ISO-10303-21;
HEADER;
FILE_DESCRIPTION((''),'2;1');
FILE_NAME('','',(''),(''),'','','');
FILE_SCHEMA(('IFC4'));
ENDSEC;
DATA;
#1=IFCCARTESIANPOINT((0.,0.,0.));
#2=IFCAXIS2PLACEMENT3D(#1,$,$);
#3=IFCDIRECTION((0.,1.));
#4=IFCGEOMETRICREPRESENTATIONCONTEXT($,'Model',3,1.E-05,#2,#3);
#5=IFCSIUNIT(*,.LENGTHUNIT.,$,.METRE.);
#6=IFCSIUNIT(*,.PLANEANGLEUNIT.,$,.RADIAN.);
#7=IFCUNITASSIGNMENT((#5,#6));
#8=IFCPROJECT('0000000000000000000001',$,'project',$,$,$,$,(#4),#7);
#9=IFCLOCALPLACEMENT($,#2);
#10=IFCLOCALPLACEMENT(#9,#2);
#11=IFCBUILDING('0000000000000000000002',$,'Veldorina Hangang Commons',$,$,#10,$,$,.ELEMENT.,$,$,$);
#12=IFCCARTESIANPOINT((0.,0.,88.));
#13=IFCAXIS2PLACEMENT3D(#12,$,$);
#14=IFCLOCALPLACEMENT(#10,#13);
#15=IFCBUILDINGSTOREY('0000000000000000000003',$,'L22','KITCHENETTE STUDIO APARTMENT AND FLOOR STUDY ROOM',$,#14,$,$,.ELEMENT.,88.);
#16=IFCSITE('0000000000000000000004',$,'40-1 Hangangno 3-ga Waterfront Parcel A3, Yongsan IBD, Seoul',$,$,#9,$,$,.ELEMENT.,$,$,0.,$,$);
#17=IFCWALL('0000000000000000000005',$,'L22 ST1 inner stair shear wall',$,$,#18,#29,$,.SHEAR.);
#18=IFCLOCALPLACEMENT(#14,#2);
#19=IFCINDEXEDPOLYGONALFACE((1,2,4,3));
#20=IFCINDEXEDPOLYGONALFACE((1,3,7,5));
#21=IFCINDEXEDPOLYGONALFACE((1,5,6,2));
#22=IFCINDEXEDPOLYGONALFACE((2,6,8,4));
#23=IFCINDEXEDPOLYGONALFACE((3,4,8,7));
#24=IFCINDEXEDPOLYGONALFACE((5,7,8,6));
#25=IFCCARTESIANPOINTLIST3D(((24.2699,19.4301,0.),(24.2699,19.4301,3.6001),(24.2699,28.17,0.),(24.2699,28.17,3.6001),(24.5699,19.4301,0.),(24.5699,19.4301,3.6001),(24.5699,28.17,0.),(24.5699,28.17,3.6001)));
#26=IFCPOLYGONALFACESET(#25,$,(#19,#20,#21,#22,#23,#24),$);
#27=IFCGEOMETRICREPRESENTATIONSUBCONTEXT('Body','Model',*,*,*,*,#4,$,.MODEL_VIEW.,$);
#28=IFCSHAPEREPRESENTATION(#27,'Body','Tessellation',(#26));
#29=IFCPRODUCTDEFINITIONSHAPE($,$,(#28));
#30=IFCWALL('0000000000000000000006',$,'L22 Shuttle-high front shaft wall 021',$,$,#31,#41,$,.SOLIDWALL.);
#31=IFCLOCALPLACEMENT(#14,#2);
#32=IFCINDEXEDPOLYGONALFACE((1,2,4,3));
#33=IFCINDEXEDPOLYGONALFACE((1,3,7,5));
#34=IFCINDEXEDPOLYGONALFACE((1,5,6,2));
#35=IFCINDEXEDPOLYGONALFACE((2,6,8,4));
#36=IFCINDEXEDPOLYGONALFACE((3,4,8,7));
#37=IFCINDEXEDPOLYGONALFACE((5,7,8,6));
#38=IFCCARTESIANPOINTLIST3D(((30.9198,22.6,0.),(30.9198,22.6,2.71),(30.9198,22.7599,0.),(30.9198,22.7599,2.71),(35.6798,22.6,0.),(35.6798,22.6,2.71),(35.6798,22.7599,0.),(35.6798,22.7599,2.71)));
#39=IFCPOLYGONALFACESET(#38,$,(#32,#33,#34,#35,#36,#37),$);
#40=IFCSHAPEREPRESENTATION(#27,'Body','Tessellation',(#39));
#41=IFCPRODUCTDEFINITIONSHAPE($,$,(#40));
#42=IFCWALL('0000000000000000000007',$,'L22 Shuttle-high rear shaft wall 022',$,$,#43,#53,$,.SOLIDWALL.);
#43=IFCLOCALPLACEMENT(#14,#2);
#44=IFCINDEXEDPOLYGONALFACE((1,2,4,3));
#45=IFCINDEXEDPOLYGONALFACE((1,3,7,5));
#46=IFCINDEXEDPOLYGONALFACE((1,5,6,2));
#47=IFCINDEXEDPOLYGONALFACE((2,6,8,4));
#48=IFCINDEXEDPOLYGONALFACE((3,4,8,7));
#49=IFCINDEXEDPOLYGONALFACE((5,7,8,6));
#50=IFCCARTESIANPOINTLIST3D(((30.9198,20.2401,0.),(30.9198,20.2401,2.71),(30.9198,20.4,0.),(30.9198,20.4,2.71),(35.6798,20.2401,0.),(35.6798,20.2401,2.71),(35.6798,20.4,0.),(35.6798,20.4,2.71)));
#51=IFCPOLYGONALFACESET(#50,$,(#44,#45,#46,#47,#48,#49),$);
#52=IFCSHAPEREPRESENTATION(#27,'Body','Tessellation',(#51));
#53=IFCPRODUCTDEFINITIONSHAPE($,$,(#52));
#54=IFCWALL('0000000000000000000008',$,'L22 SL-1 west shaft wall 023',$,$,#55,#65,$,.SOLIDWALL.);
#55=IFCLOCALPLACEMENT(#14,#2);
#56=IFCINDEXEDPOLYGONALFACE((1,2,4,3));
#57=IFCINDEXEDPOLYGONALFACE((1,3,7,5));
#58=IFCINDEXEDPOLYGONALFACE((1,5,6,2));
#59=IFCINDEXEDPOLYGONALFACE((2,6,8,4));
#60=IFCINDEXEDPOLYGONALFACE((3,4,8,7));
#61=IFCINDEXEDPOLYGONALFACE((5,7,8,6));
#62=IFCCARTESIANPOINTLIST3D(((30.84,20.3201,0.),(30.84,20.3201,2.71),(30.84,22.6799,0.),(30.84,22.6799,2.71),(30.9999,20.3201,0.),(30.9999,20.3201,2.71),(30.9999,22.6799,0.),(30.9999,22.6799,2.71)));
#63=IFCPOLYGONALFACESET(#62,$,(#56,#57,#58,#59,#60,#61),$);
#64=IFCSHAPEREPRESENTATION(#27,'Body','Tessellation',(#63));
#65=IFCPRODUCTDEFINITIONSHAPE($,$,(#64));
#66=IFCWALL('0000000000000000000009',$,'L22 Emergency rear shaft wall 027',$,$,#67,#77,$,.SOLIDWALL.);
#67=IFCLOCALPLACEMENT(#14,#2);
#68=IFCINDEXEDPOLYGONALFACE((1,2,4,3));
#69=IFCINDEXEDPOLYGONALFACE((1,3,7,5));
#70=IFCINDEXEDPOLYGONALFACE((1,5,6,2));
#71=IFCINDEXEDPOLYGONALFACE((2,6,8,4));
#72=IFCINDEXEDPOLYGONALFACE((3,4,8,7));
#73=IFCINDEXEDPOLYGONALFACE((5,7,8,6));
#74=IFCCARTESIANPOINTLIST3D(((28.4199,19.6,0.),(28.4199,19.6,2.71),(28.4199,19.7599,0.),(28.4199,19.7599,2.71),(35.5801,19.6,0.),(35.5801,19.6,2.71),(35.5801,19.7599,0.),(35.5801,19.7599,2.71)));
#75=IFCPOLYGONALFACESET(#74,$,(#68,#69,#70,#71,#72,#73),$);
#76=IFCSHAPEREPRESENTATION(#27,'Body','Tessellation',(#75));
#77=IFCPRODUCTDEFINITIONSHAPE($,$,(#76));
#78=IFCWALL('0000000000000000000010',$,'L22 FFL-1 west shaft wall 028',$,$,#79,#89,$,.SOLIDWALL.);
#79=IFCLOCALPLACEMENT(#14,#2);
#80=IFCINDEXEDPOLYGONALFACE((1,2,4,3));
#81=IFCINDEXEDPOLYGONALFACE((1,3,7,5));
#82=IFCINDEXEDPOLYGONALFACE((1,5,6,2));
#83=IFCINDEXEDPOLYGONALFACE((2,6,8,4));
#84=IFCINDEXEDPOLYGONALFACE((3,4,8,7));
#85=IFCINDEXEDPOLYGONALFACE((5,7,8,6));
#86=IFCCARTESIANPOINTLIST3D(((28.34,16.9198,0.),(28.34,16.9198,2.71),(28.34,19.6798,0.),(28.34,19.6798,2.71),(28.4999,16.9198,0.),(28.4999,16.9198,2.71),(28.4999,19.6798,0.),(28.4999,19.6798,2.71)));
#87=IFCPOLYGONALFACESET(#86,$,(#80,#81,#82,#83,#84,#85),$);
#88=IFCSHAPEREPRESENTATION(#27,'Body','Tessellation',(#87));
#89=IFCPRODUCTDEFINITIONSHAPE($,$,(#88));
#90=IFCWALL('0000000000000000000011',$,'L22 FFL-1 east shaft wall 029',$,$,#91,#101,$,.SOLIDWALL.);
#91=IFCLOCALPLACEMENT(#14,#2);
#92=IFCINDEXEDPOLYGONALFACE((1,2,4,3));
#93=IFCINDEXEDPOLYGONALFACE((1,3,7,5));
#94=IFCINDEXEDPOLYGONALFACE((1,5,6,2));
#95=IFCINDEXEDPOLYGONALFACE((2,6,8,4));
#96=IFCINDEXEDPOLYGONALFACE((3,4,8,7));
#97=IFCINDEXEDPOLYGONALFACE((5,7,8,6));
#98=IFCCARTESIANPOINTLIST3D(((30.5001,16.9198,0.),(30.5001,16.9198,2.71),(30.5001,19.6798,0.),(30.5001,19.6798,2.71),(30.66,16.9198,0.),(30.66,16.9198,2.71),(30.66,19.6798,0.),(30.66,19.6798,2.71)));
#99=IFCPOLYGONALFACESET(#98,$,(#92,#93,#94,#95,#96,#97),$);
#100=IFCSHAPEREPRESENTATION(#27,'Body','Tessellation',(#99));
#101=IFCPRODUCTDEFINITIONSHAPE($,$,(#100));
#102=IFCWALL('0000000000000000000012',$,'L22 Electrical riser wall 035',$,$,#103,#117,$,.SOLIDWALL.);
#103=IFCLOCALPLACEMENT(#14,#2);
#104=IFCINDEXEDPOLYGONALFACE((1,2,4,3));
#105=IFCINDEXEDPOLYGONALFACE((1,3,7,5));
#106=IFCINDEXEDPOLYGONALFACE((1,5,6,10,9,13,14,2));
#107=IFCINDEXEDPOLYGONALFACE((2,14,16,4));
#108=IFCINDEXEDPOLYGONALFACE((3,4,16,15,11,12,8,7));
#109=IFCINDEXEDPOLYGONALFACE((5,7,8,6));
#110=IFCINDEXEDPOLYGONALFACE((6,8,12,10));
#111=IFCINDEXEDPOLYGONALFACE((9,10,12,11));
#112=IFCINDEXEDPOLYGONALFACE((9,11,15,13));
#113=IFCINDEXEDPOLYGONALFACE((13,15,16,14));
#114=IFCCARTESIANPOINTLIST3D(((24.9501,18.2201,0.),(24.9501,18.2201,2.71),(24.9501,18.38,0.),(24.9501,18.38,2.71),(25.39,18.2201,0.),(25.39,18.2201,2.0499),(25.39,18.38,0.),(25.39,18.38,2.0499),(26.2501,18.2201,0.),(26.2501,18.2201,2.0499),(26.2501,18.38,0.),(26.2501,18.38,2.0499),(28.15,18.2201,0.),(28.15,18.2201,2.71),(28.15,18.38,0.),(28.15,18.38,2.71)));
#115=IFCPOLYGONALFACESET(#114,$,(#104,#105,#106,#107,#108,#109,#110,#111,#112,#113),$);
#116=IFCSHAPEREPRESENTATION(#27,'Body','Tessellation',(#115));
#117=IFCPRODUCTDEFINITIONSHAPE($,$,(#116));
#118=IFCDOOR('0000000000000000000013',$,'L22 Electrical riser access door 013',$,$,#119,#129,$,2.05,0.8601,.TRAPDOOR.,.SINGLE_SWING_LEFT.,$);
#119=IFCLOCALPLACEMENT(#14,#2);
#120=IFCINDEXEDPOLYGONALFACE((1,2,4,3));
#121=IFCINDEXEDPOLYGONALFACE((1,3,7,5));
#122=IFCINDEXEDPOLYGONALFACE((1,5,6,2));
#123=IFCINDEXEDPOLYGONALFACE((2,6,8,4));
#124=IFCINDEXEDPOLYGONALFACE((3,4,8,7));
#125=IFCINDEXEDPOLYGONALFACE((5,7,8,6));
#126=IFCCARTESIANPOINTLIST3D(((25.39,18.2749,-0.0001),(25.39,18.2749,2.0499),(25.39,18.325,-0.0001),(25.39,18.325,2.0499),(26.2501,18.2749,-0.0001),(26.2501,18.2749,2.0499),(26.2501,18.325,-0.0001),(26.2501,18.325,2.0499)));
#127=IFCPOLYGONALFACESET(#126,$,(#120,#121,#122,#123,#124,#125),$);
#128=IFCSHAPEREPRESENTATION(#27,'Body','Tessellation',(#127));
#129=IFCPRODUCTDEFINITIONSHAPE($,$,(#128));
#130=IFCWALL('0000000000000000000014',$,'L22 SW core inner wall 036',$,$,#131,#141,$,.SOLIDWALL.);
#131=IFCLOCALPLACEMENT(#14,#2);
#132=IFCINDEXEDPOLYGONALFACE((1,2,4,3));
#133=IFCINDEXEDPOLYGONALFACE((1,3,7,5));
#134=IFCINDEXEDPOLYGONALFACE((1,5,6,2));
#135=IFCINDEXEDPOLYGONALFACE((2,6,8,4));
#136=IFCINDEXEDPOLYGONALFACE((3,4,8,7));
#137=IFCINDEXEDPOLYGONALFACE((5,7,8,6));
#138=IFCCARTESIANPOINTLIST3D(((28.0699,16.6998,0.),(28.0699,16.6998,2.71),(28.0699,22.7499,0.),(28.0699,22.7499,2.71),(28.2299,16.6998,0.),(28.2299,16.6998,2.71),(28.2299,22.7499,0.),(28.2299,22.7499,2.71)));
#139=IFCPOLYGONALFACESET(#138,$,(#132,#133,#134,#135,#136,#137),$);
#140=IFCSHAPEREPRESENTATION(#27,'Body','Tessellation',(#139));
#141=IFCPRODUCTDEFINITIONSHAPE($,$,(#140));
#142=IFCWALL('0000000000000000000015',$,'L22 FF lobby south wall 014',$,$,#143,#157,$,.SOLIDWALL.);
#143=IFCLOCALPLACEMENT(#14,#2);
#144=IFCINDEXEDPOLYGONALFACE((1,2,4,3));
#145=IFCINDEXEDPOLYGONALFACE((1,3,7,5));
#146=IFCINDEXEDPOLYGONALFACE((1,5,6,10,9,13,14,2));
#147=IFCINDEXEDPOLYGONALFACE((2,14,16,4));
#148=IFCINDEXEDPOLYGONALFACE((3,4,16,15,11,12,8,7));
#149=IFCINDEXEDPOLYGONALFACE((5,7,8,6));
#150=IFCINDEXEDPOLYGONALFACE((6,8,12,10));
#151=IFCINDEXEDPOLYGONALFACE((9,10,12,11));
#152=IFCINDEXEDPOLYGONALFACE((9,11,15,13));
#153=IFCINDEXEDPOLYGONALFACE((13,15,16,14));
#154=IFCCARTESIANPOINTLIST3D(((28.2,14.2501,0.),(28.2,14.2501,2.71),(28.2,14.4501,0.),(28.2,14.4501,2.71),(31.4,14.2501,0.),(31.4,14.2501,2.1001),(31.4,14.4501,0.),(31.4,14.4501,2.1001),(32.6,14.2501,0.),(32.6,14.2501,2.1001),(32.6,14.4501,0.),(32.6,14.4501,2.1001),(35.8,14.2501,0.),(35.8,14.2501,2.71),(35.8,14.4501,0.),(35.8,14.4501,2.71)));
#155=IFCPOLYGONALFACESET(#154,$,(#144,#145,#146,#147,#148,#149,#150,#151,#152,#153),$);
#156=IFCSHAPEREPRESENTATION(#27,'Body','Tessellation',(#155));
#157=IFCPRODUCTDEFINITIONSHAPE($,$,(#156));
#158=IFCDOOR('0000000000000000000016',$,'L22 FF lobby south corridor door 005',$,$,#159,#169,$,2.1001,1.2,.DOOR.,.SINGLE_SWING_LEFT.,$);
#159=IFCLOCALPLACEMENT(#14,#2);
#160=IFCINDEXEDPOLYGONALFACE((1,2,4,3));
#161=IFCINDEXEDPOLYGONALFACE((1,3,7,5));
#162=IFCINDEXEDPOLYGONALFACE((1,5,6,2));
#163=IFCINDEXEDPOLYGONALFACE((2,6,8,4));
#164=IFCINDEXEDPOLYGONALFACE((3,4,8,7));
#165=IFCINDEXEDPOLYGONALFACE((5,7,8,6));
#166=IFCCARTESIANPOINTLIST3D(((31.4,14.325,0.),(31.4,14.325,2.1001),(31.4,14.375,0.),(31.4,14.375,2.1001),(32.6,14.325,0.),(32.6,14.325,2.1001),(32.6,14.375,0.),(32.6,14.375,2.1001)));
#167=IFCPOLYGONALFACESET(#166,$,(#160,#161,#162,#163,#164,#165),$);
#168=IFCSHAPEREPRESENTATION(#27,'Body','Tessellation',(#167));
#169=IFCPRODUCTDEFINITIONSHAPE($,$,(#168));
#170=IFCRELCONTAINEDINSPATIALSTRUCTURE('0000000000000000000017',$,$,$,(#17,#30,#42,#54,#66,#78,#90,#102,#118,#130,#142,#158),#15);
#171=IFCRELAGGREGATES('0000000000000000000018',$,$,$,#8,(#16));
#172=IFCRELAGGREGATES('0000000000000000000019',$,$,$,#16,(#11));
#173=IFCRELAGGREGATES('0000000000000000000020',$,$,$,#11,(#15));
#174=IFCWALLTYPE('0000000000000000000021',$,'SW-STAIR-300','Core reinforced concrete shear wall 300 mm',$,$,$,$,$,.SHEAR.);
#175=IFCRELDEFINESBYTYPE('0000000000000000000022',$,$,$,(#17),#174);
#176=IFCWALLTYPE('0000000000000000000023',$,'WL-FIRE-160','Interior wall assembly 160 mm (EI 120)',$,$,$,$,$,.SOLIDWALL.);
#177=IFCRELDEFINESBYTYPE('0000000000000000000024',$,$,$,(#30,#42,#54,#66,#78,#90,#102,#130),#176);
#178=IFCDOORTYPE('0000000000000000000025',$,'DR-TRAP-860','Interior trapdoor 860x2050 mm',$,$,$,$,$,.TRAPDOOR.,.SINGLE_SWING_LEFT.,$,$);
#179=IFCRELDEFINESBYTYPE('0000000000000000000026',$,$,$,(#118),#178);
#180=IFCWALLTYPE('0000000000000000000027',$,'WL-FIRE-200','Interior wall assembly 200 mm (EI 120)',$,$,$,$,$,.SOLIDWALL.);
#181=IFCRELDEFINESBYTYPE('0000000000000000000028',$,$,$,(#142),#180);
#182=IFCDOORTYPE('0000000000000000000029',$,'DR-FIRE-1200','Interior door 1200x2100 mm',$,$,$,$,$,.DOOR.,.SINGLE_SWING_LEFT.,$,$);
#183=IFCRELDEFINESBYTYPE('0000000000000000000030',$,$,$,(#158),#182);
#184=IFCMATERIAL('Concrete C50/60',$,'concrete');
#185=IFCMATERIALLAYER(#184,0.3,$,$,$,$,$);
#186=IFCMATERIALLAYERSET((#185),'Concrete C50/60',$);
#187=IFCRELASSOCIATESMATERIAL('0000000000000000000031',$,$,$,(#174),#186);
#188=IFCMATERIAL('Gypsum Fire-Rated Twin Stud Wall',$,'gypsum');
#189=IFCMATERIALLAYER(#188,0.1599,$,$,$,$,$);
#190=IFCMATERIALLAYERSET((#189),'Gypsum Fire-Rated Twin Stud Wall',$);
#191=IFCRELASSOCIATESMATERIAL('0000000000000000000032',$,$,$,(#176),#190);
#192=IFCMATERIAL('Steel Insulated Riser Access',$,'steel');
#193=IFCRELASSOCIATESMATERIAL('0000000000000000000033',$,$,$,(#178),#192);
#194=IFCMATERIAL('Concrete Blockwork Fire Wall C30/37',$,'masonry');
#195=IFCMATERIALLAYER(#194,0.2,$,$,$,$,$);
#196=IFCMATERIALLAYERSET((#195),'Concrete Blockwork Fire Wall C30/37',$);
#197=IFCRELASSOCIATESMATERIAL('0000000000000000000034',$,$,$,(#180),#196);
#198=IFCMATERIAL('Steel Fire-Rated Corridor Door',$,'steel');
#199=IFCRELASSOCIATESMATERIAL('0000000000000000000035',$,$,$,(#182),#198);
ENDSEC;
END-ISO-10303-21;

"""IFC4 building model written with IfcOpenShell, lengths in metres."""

from ifc_helpers import new_model, si_unit, direction, frame, frame_2d, origin, place, context, subcontext, project, spatial, rectangle, extrude, material, layer, layer_set, type_object, element, fill, save


model = new_model("IFC4")

# Units and contexts
model_context = context("Model", 3, precision=1e-05, world=origin(), true_north=direction((0.0, 1.0)))
body_context = subcontext(model_context, "Body", "Model", "MODEL_VIEW")
ifc_project = project(units=[si_unit("LENGTHUNIT", "METRE"), si_unit("PLANEANGLEUNIT", "RADIAN")], contexts=[model_context])

# Site, building, storey
site_placement = place(None, origin())
site = spatial("IfcSite", under=ifc_project, at=site_placement, Name="40-1 Hangangno 3-ga Waterfront Parcel A3, Yongsan IBD, Seoul", CompositionType="ELEMENT", RefElevation=0.0)
building_placement = place(site_placement, origin())
building = spatial("IfcBuilding", under=site, at=building_placement, Name="Veldorina Hangang Commons", CompositionType="ELEMENT")
storey_placement = place(building_placement, frame((0.0, 0.0, 88.0)))
storey = spatial("IfcBuildingStorey", under=building, at=storey_placement, Name="L22", Description="KITCHENETTE STUDIO APARTMENT AND FLOOR STUDY ROOM", CompositionType="ELEMENT", Elevation=88.0)

# Walls
ifc_material_1 = material(Name="Concrete C50/60", Category="concrete")
ifc_layer_1 = layer(ifc_material_1, 0.3)
ifc_layer_set_1 = layer_set([ifc_layer_1], Name="Concrete C50/60")
wall_type_1 = type_object("IfcWallType", Name="SW-STAIR-300", Description="Core reinforced concrete shear wall 300 mm", PredefinedType="SHEAR", material=ifc_layer_set_1)
wall_1_placement = place(storey_placement, frame((24.4199, 19.4299, 0.0), z_axis=(0.0, 0.0, 1.0), x_axis=(0.0, 1.0, 0.0)))
element("IfcWall", 1, at=wall_1_placement, inside=storey, type_object=wall_type_1, Name="L22 ST1 inner stair shear wall", PredefinedType="SHEAR", context=body_context, shape_type="SweptSolid", body=[
    extrude(rectangle(XDim=8.74, YDim=0.3, at=frame_2d((4.3701, 0.0))), origin(), (0.0, 0.0, 1.0), 3.6001),
])
ifc_material_2 = material(Name="Gypsum Fire-Rated Twin Stud Wall", Category="gypsum")
ifc_layer_2 = layer(ifc_material_2, 0.1599)
ifc_layer_set_2 = layer_set([ifc_layer_2], Name="Gypsum Fire-Rated Twin Stud Wall")
wall_type_2 = type_object("IfcWallType", Name="WL-FIRE-160", Description="Interior wall assembly 160 mm (EI 120)", PredefinedType="SOLIDWALL", material=ifc_layer_set_2)
for number, where, z_axis, x_axis, name in (
    (2, (30.9199, 22.6799, 0.0), (0.0, 0.0, 1.0), (1.0, 0.0, 0.0), "L22 Shuttle-high front shaft wall 021"),
    (3, (30.9199, 20.3201, 0.0), (0.0, 0.0, 1.0), (1.0, 0.0, 0.0), "L22 Shuttle-high rear shaft wall 022"),
):
    element("IfcWall", number, at=place(storey_placement, frame(where, z_axis=z_axis, x_axis=x_axis)), inside=storey, type_object=wall_type_2, Name=name, PredefinedType="SOLIDWALL", context=body_context, shape_type="SweptSolid", body=[
        extrude(rectangle(XDim=4.76, YDim=0.1599, at=frame_2d((2.3799, 0.0))), origin(), (0.0, 0.0, 1.0), 2.71),
    ])
wall_2_placement = place(storey_placement, frame((30.9199, 20.3201, 0.0), z_axis=(0.0, 0.0, 1.0), x_axis=(0.0, 1.0, 0.0)))
element("IfcWall", 4, at=wall_2_placement, inside=storey, type_object=wall_type_2, Name="L22 SL-1 west shaft wall 023", PredefinedType="SOLIDWALL", context=body_context, shape_type="SweptSolid", body=[
    extrude(rectangle(XDim=2.3599, YDim=0.1599, at=frame_2d((1.1799, 0.0))), origin(), (0.0, 0.0, 1.0), 2.71),
])

# Walls
wall_3_placement = place(storey_placement, frame((28.4199, 19.6799, 0.0), z_axis=(0.0, 0.0, 1.0), x_axis=(1.0, 0.0, 0.0)))
element("IfcWall", 5, at=wall_3_placement, inside=storey, type_object=wall_type_2, Name="L22 Emergency rear shaft wall 027", PredefinedType="SOLIDWALL", context=body_context, shape_type="SweptSolid", body=[
    extrude(rectangle(XDim=7.1602, YDim=0.1599, at=frame_2d((3.5801, 0.0))), origin(), (0.0, 0.0, 1.0), 2.71),
])
for number, where, z_axis, x_axis, name in (
    (6, (28.4199, 16.9199, 0.0), (0.0, 0.0, 1.0), (0.0, 1.0, 0.0), "L22 FFL-1 west shaft wall 028"),
    (7, (30.5801, 16.9199, 0.0), (0.0, 0.0, 1.0), (0.0, 1.0, 0.0), "L22 FFL-1 east shaft wall 029"),
):
    element("IfcWall", number, at=place(storey_placement, frame(where, z_axis=z_axis, x_axis=x_axis)), inside=storey, type_object=wall_type_2, Name=name, PredefinedType="SOLIDWALL", context=body_context, shape_type="SweptSolid", body=[
        extrude(rectangle(XDim=2.76, YDim=0.1599, at=frame_2d((1.3799, 0.0))), origin(), (0.0, 0.0, 1.0), 2.71),
    ])

# Wall, opening, door
wall_4_placement = place(storey_placement, frame((24.95, 18.3, 0.0), z_axis=(0.0, 0.0, 1.0), x_axis=(1.0, 0.0, 0.0)))
wall_4 = element("IfcWall", 8, at=wall_4_placement, inside=storey, type_object=wall_type_2, Name="L22 Electrical riser wall 035", PredefinedType="SOLIDWALL", context=body_context, shape_type="SweptSolid", body=[
    extrude(rectangle(XDim=3.2, YDim=0.1599, at=frame_2d((1.6001, 0.0))), origin(), (0.0, 0.0, 1.0), 2.71),
])
opening_1_placement = place(wall_4_placement, frame((0.4399, 0.0, 0.0)))
opening_1 = element("IfcOpeningElement", 9, at=opening_1_placement, cuts=wall_4, PredefinedType="OPENING", context=body_context, shape_type="SweptSolid", body=[
    extrude(rectangle(XDim=0.8601, YDim=2.05, at=frame_2d((0.4302, 1.0249))), frame((0.0, 0.0898, 0.0), z_axis=(0.0, -1.0, 0.0), x_axis=(1.0, 0.0, 0.0)), (0.0, 0.0, 1.0), 0.1799),
])
ifc_material_3 = material(Name="Steel Insulated Riser Access", Category="steel")
door_type_1 = type_object("IfcDoorType", Name="DR-TRAP-860", Description="Interior trapdoor 860x2050 mm", OperationType="SINGLE_SWING_LEFT", PredefinedType="TRAPDOOR", material=ifc_material_3)
door_1_placement = place(opening_1_placement, origin())
door_1 = element("IfcDoor", 10, at=door_1_placement, inside=storey, type_object=door_type_1, Name="L22 Electrical riser access door 013", OperationType="SINGLE_SWING_LEFT", OverallHeight=2.05, OverallWidth=0.8601, PredefinedType="TRAPDOOR", context=body_context, shape_type="SweptSolid", body=[
    extrude(rectangle(XDim=0.8601, YDim=2.05, at=frame_2d((0.4302, 1.0249))), frame((0.0, 0.0249, 0.0), z_axis=(0.0, -1.0, 0.0), x_axis=(1.0, 0.0, 0.0)), (0.0, 0.0, 1.0), 0.05),
])
fill(opening_1, door_1)

# Wall
wall_5_placement = place(storey_placement, frame((28.1499, 16.7, 0.0), z_axis=(0.0, 0.0, 1.0), x_axis=(0.0, 1.0, 0.0)))
element("IfcWall", 11, at=wall_5_placement, inside=storey, type_object=wall_type_2, Name="L22 SW core inner wall 036", PredefinedType="SOLIDWALL", context=body_context, shape_type="SweptSolid", body=[
    extrude(rectangle(XDim=6.05, YDim=0.1599, at=frame_2d((3.0249, 0.0))), origin(), (0.0, 0.0, 1.0), 2.71),
])

# Wall, opening, door
ifc_material_4 = material(Name="Concrete Blockwork Fire Wall C30/37", Category="masonry")
ifc_layer_3 = layer(ifc_material_4, 0.2)
ifc_layer_set_3 = layer_set([ifc_layer_3], Name="Concrete Blockwork Fire Wall C30/37")
wall_type_3 = type_object("IfcWallType", Name="WL-FIRE-200", Description="Interior wall assembly 200 mm (EI 120)", PredefinedType="SOLIDWALL", material=ifc_layer_set_3)
wall_6_placement = place(storey_placement, frame((28.2, 14.3501, 0.0), z_axis=(0.0, 0.0, 1.0), x_axis=(1.0, 0.0, 0.0)))
wall_6 = element("IfcWall", 12, at=wall_6_placement, inside=storey, type_object=wall_type_3, Name="L22 FF lobby south wall 014", PredefinedType="SOLIDWALL", context=body_context, shape_type="SweptSolid", body=[
    extrude(rectangle(XDim=7.6001, YDim=0.2, at=frame_2d((3.8, 0.0))), origin(), (0.0, 0.0, 1.0), 2.71),
])
opening_2_placement = place(wall_6_placement, frame((3.2, 0.0, 0.0)))
opening_2 = element("IfcOpeningElement", 13, at=opening_2_placement, cuts=wall_6, PredefinedType="OPENING", context=body_context, shape_type="SweptSolid", body=[
    extrude(rectangle(XDim=1.2, YDim=2.1001, at=frame_2d((0.6001, 1.05))), frame((0.0, 0.1099, 0.0), z_axis=(0.0, -1.0, 0.0), x_axis=(1.0, 0.0, 0.0)), (0.0, 0.0, 1.0), 0.22),
])
ifc_material_5 = material(Name="Steel Fire-Rated Corridor Door", Category="steel")
door_type_2 = type_object("IfcDoorType", Name="DR-FIRE-1200", Description="Interior door 1200x2100 mm", OperationType="SINGLE_SWING_LEFT", PredefinedType="DOOR", material=ifc_material_5)
door_2_placement = place(opening_2_placement, origin())
door_2 = element("IfcDoor", 14, at=door_2_placement, inside=storey, type_object=door_type_2, Name="L22 FF lobby south corridor door 005", OperationType="SINGLE_SWING_LEFT", OverallHeight=2.1001, OverallWidth=1.2, PredefinedType="DOOR", context=body_context, shape_type="SweptSolid", body=[
    extrude(rectangle(XDim=1.2, YDim=2.1001, at=frame_2d((0.6001, 1.05))), frame((0.0, 0.0249, 0.0), z_axis=(0.0, -1.0, 0.0), x_axis=(1.0, 0.0, 0.0)), (0.0, 0.0, 1.0), 0.05),
])
fill(opening_2, door_2)

save(model, "model.ifc")
